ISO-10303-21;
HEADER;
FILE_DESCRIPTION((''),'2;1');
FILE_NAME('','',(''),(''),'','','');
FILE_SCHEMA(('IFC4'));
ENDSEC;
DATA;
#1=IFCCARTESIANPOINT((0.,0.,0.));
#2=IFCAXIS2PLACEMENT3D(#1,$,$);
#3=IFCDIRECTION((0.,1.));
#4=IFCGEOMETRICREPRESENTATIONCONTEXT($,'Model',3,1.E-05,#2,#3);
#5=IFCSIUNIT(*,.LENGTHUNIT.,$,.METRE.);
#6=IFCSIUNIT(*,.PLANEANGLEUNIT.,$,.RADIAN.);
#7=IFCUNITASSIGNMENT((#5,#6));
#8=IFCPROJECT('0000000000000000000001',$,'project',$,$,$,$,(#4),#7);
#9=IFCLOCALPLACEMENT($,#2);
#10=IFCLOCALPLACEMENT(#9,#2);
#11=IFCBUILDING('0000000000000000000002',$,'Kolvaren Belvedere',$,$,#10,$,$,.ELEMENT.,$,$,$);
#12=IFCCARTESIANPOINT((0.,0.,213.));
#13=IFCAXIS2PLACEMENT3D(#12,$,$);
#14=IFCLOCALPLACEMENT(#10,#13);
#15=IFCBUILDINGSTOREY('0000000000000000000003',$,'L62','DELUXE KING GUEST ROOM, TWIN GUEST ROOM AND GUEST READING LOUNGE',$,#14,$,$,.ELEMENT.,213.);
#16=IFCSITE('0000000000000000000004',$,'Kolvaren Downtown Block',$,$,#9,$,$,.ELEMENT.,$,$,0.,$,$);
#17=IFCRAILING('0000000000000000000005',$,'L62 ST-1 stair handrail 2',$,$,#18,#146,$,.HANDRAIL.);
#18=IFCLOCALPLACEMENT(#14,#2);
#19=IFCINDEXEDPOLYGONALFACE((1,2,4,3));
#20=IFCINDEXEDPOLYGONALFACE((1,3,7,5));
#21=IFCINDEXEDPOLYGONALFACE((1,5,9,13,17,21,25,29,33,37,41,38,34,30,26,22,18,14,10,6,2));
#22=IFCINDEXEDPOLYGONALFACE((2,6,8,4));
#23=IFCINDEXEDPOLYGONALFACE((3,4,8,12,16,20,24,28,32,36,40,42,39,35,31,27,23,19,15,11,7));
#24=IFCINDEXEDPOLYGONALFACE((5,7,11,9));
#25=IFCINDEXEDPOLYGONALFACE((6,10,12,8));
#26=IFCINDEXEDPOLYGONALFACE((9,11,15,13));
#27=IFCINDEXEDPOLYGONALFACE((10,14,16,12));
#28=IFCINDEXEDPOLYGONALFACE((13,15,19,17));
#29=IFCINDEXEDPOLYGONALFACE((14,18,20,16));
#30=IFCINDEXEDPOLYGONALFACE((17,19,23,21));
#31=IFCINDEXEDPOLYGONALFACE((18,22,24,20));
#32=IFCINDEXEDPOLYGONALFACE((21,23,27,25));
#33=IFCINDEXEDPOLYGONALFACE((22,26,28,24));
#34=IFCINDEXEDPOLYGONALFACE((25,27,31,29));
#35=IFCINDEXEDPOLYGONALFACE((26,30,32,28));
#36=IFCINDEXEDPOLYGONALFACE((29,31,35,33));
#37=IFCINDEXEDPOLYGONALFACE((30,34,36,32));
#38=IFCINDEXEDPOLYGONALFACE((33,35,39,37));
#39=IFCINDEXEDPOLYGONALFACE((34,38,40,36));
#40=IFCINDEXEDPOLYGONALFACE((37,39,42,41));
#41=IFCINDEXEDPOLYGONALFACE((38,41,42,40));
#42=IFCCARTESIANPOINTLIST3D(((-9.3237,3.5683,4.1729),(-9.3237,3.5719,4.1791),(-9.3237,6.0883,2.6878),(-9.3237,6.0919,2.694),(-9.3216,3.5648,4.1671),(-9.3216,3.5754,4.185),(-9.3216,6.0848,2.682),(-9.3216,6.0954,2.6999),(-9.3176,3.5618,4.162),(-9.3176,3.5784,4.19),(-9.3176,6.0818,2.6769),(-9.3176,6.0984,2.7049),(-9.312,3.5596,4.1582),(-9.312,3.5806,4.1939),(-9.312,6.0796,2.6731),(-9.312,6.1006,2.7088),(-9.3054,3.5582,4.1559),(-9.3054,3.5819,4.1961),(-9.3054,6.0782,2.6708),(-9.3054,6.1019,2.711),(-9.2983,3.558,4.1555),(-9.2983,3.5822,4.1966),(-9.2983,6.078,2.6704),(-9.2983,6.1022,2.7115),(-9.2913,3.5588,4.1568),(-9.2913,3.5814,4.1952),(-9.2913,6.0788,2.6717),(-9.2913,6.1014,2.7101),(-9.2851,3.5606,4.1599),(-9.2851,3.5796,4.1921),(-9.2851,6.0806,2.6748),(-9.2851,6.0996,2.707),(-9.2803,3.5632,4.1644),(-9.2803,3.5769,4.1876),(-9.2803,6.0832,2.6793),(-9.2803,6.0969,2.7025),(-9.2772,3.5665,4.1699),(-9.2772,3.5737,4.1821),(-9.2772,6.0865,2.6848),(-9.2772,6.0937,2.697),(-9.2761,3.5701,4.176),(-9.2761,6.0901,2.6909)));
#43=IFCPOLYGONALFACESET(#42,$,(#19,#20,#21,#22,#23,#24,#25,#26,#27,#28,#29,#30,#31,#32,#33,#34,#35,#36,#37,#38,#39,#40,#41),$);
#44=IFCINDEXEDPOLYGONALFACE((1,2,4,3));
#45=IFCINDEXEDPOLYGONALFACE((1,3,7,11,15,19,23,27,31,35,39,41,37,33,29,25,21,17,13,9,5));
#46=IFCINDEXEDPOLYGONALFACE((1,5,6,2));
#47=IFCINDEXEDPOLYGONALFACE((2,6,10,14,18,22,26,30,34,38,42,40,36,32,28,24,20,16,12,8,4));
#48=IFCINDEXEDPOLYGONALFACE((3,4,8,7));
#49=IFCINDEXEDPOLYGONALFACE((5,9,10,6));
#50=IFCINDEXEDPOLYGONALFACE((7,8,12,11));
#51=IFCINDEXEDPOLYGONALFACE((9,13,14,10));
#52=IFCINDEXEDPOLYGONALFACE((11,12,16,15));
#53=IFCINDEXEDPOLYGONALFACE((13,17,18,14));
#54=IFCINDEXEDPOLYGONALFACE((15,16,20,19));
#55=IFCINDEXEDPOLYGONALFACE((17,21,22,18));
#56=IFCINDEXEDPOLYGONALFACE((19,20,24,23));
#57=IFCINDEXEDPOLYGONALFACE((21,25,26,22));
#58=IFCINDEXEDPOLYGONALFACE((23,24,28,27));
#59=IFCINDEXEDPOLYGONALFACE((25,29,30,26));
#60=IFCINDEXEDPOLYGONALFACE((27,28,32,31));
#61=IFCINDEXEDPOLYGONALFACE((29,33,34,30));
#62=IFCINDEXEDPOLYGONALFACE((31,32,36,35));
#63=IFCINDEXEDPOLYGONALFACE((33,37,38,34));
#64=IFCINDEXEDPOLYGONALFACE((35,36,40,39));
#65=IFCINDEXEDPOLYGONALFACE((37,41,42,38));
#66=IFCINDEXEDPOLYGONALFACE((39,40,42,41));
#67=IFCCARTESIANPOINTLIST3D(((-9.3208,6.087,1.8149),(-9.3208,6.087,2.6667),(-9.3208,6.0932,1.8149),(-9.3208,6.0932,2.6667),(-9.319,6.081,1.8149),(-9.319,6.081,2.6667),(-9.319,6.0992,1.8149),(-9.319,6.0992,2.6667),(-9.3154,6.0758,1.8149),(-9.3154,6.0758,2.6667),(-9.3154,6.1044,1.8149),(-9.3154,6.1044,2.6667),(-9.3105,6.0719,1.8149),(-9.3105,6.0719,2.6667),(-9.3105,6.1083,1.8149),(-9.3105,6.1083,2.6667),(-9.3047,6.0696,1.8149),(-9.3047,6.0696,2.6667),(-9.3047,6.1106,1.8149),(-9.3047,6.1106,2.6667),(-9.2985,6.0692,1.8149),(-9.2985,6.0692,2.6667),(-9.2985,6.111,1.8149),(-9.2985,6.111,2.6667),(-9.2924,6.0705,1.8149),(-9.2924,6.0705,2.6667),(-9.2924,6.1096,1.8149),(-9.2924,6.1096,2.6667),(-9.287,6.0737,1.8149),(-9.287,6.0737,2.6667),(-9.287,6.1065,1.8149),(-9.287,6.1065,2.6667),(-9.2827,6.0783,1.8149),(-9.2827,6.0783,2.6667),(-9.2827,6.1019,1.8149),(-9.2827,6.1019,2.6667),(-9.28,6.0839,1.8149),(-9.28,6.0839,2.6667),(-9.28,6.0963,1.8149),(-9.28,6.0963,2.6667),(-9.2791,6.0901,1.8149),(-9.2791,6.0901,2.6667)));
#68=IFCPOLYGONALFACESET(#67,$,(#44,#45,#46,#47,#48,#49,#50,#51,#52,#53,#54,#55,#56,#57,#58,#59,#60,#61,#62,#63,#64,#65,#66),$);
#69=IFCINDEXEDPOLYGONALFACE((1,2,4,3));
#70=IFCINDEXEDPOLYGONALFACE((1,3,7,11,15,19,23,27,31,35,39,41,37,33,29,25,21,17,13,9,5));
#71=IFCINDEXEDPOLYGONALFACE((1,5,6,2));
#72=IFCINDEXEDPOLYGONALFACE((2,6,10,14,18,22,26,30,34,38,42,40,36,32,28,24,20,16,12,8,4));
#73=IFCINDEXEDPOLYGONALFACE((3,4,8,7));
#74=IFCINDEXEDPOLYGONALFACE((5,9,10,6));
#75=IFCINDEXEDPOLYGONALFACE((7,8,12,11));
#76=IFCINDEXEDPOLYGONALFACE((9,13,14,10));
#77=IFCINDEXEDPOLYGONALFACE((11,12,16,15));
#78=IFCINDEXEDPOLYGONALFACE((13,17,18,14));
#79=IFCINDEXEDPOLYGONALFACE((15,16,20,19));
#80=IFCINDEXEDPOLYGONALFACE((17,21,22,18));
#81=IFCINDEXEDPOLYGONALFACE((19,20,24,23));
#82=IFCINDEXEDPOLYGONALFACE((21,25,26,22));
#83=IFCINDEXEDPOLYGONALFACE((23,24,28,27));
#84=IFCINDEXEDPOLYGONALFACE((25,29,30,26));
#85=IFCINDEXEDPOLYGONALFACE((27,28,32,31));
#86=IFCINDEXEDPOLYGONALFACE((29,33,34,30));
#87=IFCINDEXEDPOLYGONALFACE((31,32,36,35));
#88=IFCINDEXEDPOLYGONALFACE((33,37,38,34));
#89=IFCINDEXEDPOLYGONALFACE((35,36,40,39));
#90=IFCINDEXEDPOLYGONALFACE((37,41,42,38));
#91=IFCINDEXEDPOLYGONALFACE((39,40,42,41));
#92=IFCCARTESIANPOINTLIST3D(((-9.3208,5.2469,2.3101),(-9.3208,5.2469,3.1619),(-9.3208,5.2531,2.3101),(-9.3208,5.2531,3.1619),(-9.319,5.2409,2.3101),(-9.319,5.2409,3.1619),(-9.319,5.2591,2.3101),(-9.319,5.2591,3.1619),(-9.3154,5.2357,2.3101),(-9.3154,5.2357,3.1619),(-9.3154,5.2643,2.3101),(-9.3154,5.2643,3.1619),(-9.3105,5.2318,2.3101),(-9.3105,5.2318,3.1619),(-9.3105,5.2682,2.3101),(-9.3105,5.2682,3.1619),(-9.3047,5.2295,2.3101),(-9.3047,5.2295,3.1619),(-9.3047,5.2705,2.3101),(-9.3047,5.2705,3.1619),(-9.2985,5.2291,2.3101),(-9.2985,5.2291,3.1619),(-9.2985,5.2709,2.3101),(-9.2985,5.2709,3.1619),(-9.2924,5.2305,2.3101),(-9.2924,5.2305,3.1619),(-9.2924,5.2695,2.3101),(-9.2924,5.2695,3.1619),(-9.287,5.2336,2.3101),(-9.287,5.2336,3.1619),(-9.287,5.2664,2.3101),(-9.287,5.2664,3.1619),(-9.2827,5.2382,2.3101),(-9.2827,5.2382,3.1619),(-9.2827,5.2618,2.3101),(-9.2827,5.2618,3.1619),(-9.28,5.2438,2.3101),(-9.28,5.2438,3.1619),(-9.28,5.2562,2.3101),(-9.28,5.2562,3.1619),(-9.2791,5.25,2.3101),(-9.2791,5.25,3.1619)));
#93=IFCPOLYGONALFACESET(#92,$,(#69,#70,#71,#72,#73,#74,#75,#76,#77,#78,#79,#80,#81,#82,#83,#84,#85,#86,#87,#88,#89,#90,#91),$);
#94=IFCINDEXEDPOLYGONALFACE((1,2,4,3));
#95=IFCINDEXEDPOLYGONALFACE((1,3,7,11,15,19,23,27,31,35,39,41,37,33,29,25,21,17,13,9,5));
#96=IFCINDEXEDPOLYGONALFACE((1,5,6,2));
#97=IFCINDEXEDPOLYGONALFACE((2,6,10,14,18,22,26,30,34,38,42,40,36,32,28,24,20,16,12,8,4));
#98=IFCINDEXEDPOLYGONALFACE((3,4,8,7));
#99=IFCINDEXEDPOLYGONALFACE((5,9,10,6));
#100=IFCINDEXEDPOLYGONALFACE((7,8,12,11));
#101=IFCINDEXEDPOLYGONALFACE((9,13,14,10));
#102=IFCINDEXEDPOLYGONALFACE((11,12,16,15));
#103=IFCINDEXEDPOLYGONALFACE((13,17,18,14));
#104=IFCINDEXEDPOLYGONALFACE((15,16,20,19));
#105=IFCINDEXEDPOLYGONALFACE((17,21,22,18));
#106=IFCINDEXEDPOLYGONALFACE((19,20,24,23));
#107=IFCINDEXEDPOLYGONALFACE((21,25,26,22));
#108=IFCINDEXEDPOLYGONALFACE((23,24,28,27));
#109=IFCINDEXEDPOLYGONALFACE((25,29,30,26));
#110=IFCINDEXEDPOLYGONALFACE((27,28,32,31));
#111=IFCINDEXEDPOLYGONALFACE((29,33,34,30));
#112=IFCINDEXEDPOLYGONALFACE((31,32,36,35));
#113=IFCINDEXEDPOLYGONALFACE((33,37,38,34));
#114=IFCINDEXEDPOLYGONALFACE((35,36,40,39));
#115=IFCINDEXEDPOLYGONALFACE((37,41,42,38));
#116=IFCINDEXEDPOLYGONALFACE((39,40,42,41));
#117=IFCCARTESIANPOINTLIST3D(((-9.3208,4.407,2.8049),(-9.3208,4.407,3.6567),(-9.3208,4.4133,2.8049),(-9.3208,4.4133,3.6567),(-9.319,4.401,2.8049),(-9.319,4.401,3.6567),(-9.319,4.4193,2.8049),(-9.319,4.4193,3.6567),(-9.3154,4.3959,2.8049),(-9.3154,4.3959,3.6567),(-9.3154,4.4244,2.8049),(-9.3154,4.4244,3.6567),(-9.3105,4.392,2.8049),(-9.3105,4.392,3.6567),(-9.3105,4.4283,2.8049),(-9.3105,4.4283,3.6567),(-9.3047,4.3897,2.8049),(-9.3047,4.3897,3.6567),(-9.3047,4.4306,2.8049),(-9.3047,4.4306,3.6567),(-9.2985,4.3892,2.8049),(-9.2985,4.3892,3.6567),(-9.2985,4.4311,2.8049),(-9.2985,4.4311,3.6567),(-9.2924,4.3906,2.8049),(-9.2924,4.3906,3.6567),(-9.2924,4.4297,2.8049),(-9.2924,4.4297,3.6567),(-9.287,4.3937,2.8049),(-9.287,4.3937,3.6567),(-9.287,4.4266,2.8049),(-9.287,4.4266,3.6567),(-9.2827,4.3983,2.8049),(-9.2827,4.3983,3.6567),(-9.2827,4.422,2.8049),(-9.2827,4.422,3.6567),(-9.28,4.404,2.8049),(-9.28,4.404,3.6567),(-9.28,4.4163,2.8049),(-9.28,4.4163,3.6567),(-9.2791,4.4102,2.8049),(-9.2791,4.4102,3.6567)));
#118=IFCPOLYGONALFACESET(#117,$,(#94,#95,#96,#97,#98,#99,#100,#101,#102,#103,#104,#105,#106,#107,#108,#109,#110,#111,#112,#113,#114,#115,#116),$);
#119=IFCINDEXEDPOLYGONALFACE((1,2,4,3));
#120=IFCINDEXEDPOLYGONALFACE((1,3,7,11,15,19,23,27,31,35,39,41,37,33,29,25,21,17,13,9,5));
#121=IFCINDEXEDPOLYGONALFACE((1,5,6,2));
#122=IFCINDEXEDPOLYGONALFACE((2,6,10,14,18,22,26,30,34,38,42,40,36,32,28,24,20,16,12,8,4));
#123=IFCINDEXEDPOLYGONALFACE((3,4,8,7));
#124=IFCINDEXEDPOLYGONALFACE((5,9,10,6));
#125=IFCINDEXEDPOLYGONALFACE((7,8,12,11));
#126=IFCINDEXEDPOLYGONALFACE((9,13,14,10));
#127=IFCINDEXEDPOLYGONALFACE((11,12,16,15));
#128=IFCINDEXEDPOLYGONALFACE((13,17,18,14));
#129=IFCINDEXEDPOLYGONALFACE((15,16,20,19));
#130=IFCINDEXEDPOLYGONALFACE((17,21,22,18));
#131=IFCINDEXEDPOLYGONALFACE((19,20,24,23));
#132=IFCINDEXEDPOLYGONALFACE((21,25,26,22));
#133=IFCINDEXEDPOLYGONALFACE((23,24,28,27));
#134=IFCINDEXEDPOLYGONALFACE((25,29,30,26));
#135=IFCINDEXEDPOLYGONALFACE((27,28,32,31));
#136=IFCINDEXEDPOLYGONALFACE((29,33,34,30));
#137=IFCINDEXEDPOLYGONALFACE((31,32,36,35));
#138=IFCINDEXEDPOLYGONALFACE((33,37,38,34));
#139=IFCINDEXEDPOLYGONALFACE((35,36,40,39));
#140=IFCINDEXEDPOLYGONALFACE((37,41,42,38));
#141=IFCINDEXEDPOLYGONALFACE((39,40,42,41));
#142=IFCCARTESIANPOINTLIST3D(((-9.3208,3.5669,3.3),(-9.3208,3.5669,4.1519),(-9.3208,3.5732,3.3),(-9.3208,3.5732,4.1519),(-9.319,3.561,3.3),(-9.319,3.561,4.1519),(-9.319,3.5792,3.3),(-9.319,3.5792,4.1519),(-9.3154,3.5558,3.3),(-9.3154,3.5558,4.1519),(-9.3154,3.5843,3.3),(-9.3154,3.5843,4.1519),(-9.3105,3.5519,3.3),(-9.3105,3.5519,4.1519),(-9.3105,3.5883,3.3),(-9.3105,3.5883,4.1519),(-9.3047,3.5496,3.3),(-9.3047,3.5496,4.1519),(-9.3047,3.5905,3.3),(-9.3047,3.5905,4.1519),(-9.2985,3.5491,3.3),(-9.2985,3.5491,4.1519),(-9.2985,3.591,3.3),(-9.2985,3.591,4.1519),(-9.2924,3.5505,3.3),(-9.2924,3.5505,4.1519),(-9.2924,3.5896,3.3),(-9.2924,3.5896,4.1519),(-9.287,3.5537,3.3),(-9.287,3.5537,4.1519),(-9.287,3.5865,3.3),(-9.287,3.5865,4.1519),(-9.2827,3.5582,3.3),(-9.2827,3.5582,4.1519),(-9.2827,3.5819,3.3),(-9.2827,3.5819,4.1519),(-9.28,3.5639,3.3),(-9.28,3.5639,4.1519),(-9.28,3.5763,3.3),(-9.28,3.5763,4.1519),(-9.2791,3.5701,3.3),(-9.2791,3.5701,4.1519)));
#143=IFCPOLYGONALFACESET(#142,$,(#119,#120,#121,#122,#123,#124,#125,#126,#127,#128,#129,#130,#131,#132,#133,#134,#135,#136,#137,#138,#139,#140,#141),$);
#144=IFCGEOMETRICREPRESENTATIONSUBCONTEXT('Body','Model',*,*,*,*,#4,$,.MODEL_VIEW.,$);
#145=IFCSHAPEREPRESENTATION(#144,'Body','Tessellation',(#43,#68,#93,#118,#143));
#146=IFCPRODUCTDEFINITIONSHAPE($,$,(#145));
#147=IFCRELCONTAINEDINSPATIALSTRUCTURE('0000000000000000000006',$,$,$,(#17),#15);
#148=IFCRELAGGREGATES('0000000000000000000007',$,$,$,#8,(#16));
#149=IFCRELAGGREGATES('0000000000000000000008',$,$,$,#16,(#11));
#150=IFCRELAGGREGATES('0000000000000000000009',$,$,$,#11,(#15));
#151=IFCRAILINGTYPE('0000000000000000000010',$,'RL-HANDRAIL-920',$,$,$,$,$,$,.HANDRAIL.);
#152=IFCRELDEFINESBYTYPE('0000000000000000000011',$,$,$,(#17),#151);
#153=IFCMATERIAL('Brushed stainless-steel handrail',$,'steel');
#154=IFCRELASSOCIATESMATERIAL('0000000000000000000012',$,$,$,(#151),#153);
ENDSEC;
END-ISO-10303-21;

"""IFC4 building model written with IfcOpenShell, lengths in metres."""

from ifc_helpers import new_model, si_unit, direction, frame, origin, origin_2d, place, context, subcontext, project, spatial, circle, extrude, material, type_object, element, save


model = new_model("IFC4")

# Units and contexts
model_context = context("Model", 3, precision=1e-05, world=origin(), true_north=direction((0.0, 1.0)))
body_context = subcontext(model_context, "Body", "Model", "MODEL_VIEW")
ifc_project = project(units=[si_unit("LENGTHUNIT", "METRE"), si_unit("PLANEANGLEUNIT", "RADIAN")], contexts=[model_context])

# Site, building, storey
site_placement = place(None, origin())
site = spatial("IfcSite", under=ifc_project, at=site_placement, Name="Kolvaren Downtown Block", CompositionType="ELEMENT", RefElevation=0.0)
building_placement = place(site_placement, origin())
building = spatial("IfcBuilding", under=site, at=building_placement, Name="Kolvaren Belvedere", CompositionType="ELEMENT")
storey_placement = place(building_placement, frame((0.0, 0.0, 213.0)))
storey = spatial("IfcBuildingStorey", under=building, at=storey_placement, Name="L62", Description="DELUXE KING GUEST ROOM, TWIN GUEST ROOM AND GUEST READING LOUNGE", CompositionType="ELEMENT", Elevation=213.0)

# Railing
ifc_material_1 = material(Name="Brushed stainless-steel handrail", Category="steel")
railing_type_1 = type_object("IfcRailingType", Name="RL-HANDRAIL-920", PredefinedType="HANDRAIL", material=ifc_material_1)
railing_1_placement = place(storey_placement, frame((-9.3, 6.0901, 1.8149)))
element("IfcRailing", 1, at=railing_1_placement, inside=storey, type_object=railing_type_1, Name="L62 ST-1 stair handrail 2", PredefinedType="HANDRAIL", context=body_context, shape_type="SweptSolid", body=[
    extrude(circle(Radius=0.0239, at=origin_2d()), frame((0.0, 0.0, 0.876), z_axis=(0.0, -0.861524, 0.507717), x_axis=(1.0, 0.0, 0.0)), (0.0, 0.0, 1.0), 2.925),
    extrude(circle(Radius=0.021, at=origin_2d()), origin(), (0.0, 0.0, 1.0), 0.8518),
    extrude(circle(Radius=0.021, at=origin_2d()), frame((0.0, -0.8401, 0.4951)), (0.0, 0.0, 1.0), 0.8518),
    extrude(circle(Radius=0.021, at=origin_2d()), frame((0.0, -1.6799, 0.99)), (0.0, 0.0, 1.0), 0.8518),
    extrude(circle(Radius=0.021, at=origin_2d()), frame((0.0, -2.52, 1.4851)), (0.0, 0.0, 1.0), 0.8518),
])

save(model, "model.ifc")
